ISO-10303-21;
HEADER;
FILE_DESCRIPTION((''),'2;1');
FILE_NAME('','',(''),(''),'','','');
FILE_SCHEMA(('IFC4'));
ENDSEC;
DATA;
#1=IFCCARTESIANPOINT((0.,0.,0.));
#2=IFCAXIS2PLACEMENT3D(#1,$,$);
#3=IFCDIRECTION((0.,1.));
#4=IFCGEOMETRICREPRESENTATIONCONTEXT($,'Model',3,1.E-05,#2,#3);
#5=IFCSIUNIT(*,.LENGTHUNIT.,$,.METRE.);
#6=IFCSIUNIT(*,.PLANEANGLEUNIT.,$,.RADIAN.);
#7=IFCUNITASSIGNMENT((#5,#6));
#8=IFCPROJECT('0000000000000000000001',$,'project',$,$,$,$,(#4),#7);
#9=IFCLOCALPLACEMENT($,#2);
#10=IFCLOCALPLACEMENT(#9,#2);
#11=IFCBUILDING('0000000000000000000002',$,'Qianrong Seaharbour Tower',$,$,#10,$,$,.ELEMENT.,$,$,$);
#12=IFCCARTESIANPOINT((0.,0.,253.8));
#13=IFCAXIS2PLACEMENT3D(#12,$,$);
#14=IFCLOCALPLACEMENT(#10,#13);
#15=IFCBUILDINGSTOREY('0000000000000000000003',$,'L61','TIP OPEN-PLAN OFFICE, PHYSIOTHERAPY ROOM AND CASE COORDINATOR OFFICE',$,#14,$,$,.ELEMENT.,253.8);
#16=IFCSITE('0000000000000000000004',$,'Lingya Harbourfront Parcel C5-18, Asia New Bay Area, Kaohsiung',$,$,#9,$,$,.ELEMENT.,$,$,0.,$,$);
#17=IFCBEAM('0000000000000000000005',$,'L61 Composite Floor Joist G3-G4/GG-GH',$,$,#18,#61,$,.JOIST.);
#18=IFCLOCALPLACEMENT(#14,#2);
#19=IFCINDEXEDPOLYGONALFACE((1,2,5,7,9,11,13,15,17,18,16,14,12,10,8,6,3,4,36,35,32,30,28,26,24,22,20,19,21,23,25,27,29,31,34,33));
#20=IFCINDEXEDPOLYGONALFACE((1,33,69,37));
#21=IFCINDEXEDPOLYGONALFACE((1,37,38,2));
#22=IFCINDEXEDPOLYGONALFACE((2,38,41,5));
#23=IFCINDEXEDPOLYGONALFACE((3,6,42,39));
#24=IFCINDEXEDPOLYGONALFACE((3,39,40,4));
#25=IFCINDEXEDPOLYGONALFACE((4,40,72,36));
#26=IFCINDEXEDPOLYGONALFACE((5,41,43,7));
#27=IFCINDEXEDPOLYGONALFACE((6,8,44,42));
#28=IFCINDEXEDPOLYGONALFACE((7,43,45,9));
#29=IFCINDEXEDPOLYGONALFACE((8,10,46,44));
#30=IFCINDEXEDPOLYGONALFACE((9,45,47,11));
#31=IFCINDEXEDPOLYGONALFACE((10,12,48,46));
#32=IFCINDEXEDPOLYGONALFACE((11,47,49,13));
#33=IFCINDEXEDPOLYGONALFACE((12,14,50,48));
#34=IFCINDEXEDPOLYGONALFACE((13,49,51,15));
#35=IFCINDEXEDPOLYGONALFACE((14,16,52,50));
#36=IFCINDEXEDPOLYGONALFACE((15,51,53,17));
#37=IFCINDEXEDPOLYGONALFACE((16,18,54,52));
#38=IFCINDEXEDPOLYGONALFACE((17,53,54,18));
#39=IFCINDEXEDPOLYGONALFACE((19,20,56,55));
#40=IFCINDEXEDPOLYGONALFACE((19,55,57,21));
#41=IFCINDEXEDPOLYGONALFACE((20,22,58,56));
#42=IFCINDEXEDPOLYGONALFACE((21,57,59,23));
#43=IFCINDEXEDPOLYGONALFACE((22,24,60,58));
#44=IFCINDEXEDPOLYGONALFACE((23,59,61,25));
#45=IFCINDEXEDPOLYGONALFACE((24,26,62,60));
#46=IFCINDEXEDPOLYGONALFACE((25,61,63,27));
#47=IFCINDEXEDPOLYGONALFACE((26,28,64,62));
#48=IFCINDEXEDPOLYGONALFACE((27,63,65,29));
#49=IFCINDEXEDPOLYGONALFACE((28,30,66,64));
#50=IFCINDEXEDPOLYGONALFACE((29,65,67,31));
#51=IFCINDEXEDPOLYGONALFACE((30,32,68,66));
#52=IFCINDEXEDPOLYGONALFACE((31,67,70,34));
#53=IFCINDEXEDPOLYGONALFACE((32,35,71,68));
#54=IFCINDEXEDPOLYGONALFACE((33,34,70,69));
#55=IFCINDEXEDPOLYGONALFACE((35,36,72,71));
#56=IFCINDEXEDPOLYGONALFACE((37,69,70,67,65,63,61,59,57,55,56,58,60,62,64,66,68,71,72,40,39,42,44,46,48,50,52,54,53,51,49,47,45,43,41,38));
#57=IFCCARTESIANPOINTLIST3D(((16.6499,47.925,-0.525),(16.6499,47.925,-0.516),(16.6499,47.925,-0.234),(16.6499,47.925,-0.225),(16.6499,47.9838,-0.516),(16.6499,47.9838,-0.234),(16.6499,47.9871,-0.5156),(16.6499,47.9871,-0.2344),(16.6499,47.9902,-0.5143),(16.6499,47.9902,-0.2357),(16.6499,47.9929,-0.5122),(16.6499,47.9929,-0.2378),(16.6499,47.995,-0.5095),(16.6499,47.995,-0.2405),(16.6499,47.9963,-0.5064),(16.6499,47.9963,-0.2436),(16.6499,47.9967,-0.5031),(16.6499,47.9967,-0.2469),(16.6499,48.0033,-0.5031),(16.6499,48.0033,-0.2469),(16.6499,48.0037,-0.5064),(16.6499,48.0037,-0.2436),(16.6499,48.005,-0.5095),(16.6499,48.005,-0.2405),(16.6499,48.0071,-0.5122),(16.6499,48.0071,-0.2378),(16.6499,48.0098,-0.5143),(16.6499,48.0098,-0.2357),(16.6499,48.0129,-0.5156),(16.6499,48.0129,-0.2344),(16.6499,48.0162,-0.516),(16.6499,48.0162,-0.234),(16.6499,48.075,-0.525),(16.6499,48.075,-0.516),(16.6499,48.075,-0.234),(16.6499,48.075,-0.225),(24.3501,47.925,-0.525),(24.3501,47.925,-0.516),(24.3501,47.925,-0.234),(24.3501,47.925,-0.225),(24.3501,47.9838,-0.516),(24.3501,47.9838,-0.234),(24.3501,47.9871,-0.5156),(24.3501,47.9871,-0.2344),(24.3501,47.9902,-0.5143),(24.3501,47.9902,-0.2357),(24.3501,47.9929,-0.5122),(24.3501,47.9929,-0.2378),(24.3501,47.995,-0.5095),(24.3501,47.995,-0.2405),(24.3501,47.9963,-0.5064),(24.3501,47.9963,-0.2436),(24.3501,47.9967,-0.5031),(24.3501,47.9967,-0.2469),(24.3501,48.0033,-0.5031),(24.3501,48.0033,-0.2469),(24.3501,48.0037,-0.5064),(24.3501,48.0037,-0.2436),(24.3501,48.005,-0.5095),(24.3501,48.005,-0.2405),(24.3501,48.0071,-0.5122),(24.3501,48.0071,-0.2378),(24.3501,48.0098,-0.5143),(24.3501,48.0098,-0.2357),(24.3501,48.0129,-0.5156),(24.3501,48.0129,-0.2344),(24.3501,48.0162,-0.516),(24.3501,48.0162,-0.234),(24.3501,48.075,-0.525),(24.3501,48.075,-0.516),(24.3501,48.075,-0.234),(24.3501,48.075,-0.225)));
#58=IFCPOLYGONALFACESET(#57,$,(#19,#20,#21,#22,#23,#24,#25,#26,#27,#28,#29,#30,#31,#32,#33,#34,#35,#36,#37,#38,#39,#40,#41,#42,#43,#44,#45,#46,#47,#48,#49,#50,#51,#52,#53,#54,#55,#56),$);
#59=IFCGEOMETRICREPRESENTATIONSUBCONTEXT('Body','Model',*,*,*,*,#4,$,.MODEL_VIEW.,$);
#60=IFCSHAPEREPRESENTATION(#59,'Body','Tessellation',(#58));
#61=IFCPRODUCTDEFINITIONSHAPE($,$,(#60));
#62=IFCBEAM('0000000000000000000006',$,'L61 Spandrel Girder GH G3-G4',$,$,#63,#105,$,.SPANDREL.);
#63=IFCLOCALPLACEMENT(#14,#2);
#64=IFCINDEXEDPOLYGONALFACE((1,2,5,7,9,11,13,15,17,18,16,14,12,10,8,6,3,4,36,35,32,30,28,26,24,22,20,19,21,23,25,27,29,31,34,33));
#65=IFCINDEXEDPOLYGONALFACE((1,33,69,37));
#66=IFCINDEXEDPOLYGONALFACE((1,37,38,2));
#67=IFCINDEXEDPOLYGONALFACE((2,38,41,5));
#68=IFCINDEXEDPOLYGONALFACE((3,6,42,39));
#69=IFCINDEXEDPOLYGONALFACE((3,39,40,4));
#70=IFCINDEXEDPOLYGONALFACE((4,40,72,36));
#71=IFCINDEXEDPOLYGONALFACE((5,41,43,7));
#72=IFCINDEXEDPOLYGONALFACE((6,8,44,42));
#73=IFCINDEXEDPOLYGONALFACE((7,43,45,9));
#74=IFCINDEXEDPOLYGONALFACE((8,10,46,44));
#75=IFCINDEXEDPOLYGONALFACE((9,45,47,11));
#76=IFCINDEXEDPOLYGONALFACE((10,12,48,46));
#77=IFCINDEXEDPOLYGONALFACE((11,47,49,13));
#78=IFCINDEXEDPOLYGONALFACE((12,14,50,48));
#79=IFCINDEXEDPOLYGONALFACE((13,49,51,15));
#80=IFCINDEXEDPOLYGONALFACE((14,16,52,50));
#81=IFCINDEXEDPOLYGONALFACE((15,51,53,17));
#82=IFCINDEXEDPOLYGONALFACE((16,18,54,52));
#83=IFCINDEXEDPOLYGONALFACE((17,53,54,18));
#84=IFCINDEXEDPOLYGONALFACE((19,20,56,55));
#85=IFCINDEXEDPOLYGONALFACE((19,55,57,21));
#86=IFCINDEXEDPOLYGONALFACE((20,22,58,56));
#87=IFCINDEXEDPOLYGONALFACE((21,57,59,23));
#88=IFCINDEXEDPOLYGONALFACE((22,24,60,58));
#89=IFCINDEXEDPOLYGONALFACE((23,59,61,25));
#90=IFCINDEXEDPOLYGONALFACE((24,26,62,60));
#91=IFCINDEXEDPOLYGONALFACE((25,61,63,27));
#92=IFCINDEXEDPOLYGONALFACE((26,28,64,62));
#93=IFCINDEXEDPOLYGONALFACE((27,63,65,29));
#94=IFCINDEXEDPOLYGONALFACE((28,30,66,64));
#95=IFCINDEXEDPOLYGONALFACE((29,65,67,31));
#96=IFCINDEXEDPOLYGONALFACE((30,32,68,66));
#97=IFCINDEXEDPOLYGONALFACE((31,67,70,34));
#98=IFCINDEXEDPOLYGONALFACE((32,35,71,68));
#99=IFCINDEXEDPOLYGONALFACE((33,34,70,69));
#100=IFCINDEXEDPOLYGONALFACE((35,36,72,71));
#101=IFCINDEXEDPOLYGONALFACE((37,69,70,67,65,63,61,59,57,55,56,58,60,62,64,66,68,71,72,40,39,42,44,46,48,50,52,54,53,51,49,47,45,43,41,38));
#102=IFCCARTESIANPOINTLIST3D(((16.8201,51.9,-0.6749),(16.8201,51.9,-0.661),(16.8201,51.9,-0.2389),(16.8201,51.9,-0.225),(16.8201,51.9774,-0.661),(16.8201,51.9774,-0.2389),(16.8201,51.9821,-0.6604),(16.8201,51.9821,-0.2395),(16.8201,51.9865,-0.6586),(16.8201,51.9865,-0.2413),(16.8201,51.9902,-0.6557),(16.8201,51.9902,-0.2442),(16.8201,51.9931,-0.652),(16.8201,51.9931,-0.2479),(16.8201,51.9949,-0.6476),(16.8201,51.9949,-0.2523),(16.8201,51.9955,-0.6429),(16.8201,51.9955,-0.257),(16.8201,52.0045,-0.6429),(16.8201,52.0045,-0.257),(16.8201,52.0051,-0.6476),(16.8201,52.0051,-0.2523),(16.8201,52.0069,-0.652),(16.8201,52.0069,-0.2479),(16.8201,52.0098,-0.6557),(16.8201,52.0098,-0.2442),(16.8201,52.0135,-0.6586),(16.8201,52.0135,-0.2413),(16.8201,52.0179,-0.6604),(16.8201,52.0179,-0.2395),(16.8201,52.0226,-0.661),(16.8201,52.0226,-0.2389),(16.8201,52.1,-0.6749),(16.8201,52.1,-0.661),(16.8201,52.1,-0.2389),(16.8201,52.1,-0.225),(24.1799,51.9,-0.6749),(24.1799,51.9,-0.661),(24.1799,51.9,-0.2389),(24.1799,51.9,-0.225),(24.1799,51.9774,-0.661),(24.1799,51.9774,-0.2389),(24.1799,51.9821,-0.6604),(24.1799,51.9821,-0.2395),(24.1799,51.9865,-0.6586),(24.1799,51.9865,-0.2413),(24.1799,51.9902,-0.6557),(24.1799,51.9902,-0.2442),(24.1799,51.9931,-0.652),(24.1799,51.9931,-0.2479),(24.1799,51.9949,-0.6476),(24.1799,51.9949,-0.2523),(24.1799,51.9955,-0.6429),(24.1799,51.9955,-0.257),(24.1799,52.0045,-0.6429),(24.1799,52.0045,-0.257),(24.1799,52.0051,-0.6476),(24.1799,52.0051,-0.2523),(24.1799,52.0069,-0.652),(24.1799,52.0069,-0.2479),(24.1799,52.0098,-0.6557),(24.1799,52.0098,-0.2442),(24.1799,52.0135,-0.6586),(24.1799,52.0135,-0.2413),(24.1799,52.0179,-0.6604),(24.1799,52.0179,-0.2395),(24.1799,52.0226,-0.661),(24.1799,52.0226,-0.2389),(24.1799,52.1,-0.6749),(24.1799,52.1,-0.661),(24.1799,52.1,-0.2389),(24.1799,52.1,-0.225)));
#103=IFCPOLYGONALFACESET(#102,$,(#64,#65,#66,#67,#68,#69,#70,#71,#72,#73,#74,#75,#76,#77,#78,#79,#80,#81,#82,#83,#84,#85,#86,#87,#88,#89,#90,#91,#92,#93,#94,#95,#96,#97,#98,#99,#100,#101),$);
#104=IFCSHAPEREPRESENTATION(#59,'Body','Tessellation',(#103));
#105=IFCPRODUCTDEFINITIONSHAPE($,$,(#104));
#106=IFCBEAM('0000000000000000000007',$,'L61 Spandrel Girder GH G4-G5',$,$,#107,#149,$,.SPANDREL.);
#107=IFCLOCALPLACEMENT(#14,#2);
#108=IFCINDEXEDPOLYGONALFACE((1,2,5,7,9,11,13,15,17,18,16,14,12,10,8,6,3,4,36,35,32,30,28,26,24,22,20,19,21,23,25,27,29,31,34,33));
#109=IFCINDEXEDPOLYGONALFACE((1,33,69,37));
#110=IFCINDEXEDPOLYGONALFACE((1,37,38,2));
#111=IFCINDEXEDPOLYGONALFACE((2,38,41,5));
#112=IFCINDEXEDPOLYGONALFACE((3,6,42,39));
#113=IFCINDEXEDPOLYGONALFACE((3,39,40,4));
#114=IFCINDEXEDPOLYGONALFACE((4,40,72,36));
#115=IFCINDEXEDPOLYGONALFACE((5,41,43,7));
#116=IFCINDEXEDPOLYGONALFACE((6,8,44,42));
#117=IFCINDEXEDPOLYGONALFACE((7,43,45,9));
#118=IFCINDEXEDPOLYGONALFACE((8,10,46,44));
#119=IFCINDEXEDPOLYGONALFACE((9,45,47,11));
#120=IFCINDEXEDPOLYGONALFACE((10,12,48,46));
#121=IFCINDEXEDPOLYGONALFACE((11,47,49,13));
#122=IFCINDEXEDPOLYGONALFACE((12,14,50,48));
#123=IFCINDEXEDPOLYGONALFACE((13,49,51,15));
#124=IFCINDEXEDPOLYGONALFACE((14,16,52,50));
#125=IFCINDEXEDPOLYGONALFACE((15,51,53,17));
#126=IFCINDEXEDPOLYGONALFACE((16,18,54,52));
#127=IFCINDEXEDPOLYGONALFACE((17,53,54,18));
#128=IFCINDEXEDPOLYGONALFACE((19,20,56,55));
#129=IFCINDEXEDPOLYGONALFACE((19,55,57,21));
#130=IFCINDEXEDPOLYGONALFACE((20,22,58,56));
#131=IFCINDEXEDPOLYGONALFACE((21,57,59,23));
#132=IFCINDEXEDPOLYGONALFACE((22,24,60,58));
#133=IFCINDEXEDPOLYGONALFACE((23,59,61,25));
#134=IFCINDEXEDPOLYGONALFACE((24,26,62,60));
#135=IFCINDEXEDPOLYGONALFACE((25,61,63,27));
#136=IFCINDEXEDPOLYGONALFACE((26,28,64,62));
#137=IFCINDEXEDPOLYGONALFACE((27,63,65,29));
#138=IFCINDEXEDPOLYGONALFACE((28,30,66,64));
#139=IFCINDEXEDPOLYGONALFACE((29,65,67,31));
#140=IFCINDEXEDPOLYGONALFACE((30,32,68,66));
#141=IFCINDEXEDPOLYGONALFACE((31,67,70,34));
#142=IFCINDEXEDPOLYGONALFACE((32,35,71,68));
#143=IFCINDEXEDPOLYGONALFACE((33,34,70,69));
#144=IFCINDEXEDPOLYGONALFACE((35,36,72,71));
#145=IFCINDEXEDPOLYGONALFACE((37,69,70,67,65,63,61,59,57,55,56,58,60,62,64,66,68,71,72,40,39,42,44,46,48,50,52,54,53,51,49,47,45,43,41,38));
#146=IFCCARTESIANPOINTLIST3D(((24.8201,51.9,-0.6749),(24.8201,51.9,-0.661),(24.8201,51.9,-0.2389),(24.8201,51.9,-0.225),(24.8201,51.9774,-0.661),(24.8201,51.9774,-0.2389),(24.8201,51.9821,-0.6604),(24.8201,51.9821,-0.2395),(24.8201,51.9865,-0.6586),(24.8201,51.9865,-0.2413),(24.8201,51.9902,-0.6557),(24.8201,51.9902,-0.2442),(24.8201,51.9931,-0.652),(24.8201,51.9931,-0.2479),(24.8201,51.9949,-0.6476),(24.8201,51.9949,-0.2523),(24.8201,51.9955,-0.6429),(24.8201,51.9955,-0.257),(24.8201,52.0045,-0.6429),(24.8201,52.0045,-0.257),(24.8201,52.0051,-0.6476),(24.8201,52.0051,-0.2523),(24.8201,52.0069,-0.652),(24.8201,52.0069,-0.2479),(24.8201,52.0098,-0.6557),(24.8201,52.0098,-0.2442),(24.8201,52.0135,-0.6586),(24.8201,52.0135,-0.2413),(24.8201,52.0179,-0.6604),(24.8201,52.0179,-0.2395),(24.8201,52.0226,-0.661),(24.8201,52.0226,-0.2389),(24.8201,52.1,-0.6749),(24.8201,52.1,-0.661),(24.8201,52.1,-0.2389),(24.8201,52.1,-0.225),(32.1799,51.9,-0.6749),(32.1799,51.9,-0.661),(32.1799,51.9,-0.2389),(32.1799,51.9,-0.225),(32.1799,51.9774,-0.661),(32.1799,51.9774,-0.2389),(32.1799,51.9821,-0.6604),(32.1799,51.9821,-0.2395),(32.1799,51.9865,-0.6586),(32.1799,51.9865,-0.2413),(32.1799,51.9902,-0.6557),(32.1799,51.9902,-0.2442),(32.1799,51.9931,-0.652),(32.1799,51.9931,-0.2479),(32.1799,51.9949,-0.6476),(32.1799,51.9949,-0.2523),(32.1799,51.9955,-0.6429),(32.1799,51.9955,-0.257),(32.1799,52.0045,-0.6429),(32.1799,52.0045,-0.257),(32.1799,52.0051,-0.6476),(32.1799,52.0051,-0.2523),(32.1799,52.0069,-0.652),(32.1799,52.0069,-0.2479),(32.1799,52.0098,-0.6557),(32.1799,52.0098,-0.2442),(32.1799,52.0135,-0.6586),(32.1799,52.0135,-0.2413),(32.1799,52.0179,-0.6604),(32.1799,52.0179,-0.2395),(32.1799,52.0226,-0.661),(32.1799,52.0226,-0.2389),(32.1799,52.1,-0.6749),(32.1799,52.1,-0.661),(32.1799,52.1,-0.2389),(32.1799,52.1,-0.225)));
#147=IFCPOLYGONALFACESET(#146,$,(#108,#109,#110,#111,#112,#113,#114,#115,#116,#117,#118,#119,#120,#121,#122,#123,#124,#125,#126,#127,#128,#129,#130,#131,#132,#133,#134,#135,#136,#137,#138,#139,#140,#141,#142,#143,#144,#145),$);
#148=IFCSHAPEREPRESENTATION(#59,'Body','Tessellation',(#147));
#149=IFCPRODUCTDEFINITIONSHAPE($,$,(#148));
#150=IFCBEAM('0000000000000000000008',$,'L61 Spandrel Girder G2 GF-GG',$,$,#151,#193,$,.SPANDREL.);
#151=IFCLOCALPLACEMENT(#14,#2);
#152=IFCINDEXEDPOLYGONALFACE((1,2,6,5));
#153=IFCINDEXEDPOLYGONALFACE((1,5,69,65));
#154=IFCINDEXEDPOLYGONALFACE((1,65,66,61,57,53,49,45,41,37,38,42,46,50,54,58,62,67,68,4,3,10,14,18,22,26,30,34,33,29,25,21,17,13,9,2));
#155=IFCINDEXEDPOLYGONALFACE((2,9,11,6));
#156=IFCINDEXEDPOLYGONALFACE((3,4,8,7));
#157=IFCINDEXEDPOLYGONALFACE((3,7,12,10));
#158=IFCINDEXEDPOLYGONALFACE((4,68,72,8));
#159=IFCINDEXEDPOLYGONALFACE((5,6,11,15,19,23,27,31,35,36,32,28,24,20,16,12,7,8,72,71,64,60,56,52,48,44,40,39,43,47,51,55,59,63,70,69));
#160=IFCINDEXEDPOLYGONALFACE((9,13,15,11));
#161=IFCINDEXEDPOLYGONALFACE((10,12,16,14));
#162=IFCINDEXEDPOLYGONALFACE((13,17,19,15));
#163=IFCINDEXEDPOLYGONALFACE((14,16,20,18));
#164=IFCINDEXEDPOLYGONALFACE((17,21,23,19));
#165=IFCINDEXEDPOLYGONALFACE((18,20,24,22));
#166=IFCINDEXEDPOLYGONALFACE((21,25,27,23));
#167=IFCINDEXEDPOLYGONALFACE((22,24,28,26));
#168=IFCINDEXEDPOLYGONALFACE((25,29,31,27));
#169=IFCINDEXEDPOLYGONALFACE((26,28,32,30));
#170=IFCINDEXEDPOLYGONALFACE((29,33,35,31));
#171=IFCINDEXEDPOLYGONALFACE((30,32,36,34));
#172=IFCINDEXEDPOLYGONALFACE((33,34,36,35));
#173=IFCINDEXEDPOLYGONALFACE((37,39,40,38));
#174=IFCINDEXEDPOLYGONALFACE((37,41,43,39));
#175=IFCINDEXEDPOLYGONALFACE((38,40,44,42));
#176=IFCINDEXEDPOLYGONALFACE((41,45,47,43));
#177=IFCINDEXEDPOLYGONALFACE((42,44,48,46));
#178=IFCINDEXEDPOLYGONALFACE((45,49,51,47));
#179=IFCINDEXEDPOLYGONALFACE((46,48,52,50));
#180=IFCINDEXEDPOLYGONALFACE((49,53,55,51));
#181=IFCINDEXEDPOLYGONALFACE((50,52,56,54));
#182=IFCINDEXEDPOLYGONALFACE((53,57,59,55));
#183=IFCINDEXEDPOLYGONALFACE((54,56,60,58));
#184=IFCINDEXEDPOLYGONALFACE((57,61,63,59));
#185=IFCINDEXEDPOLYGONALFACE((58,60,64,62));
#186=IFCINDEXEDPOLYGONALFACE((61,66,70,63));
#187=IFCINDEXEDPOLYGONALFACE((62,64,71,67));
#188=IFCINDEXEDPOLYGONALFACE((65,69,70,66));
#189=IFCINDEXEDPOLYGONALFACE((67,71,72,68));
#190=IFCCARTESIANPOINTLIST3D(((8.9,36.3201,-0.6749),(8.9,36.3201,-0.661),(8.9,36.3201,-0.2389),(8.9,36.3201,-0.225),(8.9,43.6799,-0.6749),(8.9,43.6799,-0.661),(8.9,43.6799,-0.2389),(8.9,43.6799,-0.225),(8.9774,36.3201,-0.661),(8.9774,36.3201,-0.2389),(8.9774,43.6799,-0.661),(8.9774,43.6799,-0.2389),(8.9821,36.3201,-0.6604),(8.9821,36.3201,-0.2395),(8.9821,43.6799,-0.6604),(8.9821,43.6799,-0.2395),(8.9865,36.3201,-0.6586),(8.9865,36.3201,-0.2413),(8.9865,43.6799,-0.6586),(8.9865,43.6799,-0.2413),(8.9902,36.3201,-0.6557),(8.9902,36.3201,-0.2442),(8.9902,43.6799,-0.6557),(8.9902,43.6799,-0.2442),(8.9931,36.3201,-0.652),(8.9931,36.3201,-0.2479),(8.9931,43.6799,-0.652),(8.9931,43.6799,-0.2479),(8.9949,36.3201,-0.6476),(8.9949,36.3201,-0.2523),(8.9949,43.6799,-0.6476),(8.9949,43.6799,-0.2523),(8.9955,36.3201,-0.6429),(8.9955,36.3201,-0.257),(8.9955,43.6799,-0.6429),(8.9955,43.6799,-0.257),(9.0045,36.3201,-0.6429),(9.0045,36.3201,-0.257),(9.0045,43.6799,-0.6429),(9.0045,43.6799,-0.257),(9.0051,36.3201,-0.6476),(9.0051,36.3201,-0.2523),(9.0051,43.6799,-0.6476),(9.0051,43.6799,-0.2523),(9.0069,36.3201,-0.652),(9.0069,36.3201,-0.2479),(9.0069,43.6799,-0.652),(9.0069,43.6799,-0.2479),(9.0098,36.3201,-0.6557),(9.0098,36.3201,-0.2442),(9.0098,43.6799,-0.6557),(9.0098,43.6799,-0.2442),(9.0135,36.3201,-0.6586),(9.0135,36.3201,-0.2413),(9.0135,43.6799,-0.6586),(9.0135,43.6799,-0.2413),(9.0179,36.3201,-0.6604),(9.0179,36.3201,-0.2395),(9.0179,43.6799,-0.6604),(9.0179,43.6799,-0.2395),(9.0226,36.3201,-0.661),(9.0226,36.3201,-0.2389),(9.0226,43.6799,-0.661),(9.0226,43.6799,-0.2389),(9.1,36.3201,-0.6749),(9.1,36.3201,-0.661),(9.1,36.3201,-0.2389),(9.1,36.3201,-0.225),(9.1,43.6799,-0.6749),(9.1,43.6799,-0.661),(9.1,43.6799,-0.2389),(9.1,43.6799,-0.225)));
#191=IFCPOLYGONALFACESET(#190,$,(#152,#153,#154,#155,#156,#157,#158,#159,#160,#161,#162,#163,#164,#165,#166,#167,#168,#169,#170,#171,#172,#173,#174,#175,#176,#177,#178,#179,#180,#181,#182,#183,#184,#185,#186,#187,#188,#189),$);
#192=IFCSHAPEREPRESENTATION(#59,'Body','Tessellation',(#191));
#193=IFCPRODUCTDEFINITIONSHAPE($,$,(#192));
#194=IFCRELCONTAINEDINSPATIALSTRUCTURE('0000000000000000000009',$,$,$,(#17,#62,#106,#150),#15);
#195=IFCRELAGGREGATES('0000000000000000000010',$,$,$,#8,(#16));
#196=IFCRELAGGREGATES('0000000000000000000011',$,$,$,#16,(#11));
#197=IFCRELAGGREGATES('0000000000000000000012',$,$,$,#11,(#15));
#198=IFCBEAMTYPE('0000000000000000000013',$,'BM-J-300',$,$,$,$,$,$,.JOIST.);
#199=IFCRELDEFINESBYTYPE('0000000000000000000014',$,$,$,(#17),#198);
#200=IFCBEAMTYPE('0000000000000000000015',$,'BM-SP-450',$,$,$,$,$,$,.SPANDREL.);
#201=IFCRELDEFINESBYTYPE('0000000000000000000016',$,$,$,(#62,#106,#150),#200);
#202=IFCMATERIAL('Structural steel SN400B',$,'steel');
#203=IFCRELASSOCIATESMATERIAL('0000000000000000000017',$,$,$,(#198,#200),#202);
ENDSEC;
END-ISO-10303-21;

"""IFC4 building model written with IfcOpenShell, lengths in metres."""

from ifc_helpers import new_model, si_unit, direction, frame, origin, origin_2d, place, context, subcontext, project, spatial, i_section, extrude, material, material_profile, profile_set, type_object, element, save


model = new_model("IFC4")

# Units and contexts
model_context = context("Model", 3, precision=1e-05, world=origin(), true_north=direction((0.0, 1.0)))
body_context = subcontext(model_context, "Body", "Model", "MODEL_VIEW")
ifc_project = project(units=[si_unit("LENGTHUNIT", "METRE"), si_unit("PLANEANGLEUNIT", "RADIAN")], contexts=[model_context])

# Site, building, storey
site_placement = place(None, origin())
site = spatial("IfcSite", under=ifc_project, at=site_placement, Name="Lingya Harbourfront Parcel C5-18, Asia New Bay Area, Kaohsiung", CompositionType="ELEMENT", RefElevation=0.0)
building_placement = place(site_placement, origin())
building = spatial("IfcBuilding", under=site, at=building_placement, Name="Qianrong Seaharbour Tower", CompositionType="ELEMENT")
storey_placement = place(building_placement, frame((0.0, 0.0, 253.8)))
storey = spatial("IfcBuildingStorey", under=building, at=storey_placement, Name="L61", Description="TIP OPEN-PLAN OFFICE, PHYSIOTHERAPY ROOM AND CASE COORDINATOR OFFICE", CompositionType="ELEMENT", Elevation=253.8)

# Beams
ifc_material_1 = material(Name="Structural steel SN400B", Category="steel")
ifc_material_profile_1 = material_profile(ifc_material_1, i_section(OverallWidth=0.1499, OverallDepth=0.3, WebThickness=0.0066, FlangeThickness=0.009, FilletRadius=0.0129, at=origin_2d()), Name="H300x150x6.5x9")
ifc_profile_set_1 = profile_set([ifc_material_profile_1], Name="Structural steel SN400B")
beam_type_1 = type_object("IfcBeamType", Name="BM-J-300", PredefinedType="JOIST", material=ifc_profile_set_1)
for number, where, z_axis, x_axis, name in (
    (1, (16.6499, 48.0, -0.375), (1.0, 0.0, 0.0), (0.0, 1.0, 0.0), "L61 Composite Floor Joist G3-G4/GG-GH"),
):
    element("IfcBeam", number, at=place(storey_placement, frame(where, z_axis=z_axis, x_axis=x_axis)), inside=storey, type_object=beam_type_1, Name=name, PredefinedType="JOIST", context=body_context, shape_type="SweptSolid", body=[
        extrude(i_section(OverallWidth=0.1499, OverallDepth=0.3, WebThickness=0.0066, FlangeThickness=0.009, FilletRadius=0.0129, at=origin_2d()), origin(), (0.0, 0.0, 1.0), 7.7002),
    ])
ifc_material_profile_2 = material_profile(ifc_material_1, i_section(OverallWidth=0.2, OverallDepth=0.45, WebThickness=0.009, FlangeThickness=0.0139, FilletRadius=0.0181, at=origin_2d()), Name="H450x200x9x14")
ifc_profile_set_2 = profile_set([ifc_material_profile_2], Name="Structural steel SN400B")
beam_type_2 = type_object("IfcBeamType", Name="BM-SP-450", PredefinedType="SPANDREL", material=ifc_profile_set_2)
for number, where, z_axis, x_axis, name in (
    (2, (16.8201, 52.0, -0.45), (1.0, 0.0, 0.0), (0.0, 1.0, 0.0), "L61 Spandrel Girder GH G3-G4"),
    (3, (24.8201, 52.0, -0.45), (1.0, 0.0, 0.0), (0.0, 1.0, 0.0), "L61 Spandrel Girder GH G4-G5"),
    (4, (9.0, 36.3201, -0.45), (0.0, 1.0, 0.0), (-1.0, 0.0, 0.0), "L61 Spandrel Girder G2 GF-GG"),
):
    element("IfcBeam", number, at=place(storey_placement, frame(where, z_axis=z_axis, x_axis=x_axis)), inside=storey, type_object=beam_type_2, Name=name, PredefinedType="SPANDREL", context=body_context, shape_type="SweptSolid", body=[
        extrude(i_section(OverallWidth=0.2, OverallDepth=0.45, WebThickness=0.009, FlangeThickness=0.0139, FilletRadius=0.0181, at=origin_2d()), origin(), (0.0, 0.0, 1.0), 7.3599),
    ])

save(model, "model.ifc")
